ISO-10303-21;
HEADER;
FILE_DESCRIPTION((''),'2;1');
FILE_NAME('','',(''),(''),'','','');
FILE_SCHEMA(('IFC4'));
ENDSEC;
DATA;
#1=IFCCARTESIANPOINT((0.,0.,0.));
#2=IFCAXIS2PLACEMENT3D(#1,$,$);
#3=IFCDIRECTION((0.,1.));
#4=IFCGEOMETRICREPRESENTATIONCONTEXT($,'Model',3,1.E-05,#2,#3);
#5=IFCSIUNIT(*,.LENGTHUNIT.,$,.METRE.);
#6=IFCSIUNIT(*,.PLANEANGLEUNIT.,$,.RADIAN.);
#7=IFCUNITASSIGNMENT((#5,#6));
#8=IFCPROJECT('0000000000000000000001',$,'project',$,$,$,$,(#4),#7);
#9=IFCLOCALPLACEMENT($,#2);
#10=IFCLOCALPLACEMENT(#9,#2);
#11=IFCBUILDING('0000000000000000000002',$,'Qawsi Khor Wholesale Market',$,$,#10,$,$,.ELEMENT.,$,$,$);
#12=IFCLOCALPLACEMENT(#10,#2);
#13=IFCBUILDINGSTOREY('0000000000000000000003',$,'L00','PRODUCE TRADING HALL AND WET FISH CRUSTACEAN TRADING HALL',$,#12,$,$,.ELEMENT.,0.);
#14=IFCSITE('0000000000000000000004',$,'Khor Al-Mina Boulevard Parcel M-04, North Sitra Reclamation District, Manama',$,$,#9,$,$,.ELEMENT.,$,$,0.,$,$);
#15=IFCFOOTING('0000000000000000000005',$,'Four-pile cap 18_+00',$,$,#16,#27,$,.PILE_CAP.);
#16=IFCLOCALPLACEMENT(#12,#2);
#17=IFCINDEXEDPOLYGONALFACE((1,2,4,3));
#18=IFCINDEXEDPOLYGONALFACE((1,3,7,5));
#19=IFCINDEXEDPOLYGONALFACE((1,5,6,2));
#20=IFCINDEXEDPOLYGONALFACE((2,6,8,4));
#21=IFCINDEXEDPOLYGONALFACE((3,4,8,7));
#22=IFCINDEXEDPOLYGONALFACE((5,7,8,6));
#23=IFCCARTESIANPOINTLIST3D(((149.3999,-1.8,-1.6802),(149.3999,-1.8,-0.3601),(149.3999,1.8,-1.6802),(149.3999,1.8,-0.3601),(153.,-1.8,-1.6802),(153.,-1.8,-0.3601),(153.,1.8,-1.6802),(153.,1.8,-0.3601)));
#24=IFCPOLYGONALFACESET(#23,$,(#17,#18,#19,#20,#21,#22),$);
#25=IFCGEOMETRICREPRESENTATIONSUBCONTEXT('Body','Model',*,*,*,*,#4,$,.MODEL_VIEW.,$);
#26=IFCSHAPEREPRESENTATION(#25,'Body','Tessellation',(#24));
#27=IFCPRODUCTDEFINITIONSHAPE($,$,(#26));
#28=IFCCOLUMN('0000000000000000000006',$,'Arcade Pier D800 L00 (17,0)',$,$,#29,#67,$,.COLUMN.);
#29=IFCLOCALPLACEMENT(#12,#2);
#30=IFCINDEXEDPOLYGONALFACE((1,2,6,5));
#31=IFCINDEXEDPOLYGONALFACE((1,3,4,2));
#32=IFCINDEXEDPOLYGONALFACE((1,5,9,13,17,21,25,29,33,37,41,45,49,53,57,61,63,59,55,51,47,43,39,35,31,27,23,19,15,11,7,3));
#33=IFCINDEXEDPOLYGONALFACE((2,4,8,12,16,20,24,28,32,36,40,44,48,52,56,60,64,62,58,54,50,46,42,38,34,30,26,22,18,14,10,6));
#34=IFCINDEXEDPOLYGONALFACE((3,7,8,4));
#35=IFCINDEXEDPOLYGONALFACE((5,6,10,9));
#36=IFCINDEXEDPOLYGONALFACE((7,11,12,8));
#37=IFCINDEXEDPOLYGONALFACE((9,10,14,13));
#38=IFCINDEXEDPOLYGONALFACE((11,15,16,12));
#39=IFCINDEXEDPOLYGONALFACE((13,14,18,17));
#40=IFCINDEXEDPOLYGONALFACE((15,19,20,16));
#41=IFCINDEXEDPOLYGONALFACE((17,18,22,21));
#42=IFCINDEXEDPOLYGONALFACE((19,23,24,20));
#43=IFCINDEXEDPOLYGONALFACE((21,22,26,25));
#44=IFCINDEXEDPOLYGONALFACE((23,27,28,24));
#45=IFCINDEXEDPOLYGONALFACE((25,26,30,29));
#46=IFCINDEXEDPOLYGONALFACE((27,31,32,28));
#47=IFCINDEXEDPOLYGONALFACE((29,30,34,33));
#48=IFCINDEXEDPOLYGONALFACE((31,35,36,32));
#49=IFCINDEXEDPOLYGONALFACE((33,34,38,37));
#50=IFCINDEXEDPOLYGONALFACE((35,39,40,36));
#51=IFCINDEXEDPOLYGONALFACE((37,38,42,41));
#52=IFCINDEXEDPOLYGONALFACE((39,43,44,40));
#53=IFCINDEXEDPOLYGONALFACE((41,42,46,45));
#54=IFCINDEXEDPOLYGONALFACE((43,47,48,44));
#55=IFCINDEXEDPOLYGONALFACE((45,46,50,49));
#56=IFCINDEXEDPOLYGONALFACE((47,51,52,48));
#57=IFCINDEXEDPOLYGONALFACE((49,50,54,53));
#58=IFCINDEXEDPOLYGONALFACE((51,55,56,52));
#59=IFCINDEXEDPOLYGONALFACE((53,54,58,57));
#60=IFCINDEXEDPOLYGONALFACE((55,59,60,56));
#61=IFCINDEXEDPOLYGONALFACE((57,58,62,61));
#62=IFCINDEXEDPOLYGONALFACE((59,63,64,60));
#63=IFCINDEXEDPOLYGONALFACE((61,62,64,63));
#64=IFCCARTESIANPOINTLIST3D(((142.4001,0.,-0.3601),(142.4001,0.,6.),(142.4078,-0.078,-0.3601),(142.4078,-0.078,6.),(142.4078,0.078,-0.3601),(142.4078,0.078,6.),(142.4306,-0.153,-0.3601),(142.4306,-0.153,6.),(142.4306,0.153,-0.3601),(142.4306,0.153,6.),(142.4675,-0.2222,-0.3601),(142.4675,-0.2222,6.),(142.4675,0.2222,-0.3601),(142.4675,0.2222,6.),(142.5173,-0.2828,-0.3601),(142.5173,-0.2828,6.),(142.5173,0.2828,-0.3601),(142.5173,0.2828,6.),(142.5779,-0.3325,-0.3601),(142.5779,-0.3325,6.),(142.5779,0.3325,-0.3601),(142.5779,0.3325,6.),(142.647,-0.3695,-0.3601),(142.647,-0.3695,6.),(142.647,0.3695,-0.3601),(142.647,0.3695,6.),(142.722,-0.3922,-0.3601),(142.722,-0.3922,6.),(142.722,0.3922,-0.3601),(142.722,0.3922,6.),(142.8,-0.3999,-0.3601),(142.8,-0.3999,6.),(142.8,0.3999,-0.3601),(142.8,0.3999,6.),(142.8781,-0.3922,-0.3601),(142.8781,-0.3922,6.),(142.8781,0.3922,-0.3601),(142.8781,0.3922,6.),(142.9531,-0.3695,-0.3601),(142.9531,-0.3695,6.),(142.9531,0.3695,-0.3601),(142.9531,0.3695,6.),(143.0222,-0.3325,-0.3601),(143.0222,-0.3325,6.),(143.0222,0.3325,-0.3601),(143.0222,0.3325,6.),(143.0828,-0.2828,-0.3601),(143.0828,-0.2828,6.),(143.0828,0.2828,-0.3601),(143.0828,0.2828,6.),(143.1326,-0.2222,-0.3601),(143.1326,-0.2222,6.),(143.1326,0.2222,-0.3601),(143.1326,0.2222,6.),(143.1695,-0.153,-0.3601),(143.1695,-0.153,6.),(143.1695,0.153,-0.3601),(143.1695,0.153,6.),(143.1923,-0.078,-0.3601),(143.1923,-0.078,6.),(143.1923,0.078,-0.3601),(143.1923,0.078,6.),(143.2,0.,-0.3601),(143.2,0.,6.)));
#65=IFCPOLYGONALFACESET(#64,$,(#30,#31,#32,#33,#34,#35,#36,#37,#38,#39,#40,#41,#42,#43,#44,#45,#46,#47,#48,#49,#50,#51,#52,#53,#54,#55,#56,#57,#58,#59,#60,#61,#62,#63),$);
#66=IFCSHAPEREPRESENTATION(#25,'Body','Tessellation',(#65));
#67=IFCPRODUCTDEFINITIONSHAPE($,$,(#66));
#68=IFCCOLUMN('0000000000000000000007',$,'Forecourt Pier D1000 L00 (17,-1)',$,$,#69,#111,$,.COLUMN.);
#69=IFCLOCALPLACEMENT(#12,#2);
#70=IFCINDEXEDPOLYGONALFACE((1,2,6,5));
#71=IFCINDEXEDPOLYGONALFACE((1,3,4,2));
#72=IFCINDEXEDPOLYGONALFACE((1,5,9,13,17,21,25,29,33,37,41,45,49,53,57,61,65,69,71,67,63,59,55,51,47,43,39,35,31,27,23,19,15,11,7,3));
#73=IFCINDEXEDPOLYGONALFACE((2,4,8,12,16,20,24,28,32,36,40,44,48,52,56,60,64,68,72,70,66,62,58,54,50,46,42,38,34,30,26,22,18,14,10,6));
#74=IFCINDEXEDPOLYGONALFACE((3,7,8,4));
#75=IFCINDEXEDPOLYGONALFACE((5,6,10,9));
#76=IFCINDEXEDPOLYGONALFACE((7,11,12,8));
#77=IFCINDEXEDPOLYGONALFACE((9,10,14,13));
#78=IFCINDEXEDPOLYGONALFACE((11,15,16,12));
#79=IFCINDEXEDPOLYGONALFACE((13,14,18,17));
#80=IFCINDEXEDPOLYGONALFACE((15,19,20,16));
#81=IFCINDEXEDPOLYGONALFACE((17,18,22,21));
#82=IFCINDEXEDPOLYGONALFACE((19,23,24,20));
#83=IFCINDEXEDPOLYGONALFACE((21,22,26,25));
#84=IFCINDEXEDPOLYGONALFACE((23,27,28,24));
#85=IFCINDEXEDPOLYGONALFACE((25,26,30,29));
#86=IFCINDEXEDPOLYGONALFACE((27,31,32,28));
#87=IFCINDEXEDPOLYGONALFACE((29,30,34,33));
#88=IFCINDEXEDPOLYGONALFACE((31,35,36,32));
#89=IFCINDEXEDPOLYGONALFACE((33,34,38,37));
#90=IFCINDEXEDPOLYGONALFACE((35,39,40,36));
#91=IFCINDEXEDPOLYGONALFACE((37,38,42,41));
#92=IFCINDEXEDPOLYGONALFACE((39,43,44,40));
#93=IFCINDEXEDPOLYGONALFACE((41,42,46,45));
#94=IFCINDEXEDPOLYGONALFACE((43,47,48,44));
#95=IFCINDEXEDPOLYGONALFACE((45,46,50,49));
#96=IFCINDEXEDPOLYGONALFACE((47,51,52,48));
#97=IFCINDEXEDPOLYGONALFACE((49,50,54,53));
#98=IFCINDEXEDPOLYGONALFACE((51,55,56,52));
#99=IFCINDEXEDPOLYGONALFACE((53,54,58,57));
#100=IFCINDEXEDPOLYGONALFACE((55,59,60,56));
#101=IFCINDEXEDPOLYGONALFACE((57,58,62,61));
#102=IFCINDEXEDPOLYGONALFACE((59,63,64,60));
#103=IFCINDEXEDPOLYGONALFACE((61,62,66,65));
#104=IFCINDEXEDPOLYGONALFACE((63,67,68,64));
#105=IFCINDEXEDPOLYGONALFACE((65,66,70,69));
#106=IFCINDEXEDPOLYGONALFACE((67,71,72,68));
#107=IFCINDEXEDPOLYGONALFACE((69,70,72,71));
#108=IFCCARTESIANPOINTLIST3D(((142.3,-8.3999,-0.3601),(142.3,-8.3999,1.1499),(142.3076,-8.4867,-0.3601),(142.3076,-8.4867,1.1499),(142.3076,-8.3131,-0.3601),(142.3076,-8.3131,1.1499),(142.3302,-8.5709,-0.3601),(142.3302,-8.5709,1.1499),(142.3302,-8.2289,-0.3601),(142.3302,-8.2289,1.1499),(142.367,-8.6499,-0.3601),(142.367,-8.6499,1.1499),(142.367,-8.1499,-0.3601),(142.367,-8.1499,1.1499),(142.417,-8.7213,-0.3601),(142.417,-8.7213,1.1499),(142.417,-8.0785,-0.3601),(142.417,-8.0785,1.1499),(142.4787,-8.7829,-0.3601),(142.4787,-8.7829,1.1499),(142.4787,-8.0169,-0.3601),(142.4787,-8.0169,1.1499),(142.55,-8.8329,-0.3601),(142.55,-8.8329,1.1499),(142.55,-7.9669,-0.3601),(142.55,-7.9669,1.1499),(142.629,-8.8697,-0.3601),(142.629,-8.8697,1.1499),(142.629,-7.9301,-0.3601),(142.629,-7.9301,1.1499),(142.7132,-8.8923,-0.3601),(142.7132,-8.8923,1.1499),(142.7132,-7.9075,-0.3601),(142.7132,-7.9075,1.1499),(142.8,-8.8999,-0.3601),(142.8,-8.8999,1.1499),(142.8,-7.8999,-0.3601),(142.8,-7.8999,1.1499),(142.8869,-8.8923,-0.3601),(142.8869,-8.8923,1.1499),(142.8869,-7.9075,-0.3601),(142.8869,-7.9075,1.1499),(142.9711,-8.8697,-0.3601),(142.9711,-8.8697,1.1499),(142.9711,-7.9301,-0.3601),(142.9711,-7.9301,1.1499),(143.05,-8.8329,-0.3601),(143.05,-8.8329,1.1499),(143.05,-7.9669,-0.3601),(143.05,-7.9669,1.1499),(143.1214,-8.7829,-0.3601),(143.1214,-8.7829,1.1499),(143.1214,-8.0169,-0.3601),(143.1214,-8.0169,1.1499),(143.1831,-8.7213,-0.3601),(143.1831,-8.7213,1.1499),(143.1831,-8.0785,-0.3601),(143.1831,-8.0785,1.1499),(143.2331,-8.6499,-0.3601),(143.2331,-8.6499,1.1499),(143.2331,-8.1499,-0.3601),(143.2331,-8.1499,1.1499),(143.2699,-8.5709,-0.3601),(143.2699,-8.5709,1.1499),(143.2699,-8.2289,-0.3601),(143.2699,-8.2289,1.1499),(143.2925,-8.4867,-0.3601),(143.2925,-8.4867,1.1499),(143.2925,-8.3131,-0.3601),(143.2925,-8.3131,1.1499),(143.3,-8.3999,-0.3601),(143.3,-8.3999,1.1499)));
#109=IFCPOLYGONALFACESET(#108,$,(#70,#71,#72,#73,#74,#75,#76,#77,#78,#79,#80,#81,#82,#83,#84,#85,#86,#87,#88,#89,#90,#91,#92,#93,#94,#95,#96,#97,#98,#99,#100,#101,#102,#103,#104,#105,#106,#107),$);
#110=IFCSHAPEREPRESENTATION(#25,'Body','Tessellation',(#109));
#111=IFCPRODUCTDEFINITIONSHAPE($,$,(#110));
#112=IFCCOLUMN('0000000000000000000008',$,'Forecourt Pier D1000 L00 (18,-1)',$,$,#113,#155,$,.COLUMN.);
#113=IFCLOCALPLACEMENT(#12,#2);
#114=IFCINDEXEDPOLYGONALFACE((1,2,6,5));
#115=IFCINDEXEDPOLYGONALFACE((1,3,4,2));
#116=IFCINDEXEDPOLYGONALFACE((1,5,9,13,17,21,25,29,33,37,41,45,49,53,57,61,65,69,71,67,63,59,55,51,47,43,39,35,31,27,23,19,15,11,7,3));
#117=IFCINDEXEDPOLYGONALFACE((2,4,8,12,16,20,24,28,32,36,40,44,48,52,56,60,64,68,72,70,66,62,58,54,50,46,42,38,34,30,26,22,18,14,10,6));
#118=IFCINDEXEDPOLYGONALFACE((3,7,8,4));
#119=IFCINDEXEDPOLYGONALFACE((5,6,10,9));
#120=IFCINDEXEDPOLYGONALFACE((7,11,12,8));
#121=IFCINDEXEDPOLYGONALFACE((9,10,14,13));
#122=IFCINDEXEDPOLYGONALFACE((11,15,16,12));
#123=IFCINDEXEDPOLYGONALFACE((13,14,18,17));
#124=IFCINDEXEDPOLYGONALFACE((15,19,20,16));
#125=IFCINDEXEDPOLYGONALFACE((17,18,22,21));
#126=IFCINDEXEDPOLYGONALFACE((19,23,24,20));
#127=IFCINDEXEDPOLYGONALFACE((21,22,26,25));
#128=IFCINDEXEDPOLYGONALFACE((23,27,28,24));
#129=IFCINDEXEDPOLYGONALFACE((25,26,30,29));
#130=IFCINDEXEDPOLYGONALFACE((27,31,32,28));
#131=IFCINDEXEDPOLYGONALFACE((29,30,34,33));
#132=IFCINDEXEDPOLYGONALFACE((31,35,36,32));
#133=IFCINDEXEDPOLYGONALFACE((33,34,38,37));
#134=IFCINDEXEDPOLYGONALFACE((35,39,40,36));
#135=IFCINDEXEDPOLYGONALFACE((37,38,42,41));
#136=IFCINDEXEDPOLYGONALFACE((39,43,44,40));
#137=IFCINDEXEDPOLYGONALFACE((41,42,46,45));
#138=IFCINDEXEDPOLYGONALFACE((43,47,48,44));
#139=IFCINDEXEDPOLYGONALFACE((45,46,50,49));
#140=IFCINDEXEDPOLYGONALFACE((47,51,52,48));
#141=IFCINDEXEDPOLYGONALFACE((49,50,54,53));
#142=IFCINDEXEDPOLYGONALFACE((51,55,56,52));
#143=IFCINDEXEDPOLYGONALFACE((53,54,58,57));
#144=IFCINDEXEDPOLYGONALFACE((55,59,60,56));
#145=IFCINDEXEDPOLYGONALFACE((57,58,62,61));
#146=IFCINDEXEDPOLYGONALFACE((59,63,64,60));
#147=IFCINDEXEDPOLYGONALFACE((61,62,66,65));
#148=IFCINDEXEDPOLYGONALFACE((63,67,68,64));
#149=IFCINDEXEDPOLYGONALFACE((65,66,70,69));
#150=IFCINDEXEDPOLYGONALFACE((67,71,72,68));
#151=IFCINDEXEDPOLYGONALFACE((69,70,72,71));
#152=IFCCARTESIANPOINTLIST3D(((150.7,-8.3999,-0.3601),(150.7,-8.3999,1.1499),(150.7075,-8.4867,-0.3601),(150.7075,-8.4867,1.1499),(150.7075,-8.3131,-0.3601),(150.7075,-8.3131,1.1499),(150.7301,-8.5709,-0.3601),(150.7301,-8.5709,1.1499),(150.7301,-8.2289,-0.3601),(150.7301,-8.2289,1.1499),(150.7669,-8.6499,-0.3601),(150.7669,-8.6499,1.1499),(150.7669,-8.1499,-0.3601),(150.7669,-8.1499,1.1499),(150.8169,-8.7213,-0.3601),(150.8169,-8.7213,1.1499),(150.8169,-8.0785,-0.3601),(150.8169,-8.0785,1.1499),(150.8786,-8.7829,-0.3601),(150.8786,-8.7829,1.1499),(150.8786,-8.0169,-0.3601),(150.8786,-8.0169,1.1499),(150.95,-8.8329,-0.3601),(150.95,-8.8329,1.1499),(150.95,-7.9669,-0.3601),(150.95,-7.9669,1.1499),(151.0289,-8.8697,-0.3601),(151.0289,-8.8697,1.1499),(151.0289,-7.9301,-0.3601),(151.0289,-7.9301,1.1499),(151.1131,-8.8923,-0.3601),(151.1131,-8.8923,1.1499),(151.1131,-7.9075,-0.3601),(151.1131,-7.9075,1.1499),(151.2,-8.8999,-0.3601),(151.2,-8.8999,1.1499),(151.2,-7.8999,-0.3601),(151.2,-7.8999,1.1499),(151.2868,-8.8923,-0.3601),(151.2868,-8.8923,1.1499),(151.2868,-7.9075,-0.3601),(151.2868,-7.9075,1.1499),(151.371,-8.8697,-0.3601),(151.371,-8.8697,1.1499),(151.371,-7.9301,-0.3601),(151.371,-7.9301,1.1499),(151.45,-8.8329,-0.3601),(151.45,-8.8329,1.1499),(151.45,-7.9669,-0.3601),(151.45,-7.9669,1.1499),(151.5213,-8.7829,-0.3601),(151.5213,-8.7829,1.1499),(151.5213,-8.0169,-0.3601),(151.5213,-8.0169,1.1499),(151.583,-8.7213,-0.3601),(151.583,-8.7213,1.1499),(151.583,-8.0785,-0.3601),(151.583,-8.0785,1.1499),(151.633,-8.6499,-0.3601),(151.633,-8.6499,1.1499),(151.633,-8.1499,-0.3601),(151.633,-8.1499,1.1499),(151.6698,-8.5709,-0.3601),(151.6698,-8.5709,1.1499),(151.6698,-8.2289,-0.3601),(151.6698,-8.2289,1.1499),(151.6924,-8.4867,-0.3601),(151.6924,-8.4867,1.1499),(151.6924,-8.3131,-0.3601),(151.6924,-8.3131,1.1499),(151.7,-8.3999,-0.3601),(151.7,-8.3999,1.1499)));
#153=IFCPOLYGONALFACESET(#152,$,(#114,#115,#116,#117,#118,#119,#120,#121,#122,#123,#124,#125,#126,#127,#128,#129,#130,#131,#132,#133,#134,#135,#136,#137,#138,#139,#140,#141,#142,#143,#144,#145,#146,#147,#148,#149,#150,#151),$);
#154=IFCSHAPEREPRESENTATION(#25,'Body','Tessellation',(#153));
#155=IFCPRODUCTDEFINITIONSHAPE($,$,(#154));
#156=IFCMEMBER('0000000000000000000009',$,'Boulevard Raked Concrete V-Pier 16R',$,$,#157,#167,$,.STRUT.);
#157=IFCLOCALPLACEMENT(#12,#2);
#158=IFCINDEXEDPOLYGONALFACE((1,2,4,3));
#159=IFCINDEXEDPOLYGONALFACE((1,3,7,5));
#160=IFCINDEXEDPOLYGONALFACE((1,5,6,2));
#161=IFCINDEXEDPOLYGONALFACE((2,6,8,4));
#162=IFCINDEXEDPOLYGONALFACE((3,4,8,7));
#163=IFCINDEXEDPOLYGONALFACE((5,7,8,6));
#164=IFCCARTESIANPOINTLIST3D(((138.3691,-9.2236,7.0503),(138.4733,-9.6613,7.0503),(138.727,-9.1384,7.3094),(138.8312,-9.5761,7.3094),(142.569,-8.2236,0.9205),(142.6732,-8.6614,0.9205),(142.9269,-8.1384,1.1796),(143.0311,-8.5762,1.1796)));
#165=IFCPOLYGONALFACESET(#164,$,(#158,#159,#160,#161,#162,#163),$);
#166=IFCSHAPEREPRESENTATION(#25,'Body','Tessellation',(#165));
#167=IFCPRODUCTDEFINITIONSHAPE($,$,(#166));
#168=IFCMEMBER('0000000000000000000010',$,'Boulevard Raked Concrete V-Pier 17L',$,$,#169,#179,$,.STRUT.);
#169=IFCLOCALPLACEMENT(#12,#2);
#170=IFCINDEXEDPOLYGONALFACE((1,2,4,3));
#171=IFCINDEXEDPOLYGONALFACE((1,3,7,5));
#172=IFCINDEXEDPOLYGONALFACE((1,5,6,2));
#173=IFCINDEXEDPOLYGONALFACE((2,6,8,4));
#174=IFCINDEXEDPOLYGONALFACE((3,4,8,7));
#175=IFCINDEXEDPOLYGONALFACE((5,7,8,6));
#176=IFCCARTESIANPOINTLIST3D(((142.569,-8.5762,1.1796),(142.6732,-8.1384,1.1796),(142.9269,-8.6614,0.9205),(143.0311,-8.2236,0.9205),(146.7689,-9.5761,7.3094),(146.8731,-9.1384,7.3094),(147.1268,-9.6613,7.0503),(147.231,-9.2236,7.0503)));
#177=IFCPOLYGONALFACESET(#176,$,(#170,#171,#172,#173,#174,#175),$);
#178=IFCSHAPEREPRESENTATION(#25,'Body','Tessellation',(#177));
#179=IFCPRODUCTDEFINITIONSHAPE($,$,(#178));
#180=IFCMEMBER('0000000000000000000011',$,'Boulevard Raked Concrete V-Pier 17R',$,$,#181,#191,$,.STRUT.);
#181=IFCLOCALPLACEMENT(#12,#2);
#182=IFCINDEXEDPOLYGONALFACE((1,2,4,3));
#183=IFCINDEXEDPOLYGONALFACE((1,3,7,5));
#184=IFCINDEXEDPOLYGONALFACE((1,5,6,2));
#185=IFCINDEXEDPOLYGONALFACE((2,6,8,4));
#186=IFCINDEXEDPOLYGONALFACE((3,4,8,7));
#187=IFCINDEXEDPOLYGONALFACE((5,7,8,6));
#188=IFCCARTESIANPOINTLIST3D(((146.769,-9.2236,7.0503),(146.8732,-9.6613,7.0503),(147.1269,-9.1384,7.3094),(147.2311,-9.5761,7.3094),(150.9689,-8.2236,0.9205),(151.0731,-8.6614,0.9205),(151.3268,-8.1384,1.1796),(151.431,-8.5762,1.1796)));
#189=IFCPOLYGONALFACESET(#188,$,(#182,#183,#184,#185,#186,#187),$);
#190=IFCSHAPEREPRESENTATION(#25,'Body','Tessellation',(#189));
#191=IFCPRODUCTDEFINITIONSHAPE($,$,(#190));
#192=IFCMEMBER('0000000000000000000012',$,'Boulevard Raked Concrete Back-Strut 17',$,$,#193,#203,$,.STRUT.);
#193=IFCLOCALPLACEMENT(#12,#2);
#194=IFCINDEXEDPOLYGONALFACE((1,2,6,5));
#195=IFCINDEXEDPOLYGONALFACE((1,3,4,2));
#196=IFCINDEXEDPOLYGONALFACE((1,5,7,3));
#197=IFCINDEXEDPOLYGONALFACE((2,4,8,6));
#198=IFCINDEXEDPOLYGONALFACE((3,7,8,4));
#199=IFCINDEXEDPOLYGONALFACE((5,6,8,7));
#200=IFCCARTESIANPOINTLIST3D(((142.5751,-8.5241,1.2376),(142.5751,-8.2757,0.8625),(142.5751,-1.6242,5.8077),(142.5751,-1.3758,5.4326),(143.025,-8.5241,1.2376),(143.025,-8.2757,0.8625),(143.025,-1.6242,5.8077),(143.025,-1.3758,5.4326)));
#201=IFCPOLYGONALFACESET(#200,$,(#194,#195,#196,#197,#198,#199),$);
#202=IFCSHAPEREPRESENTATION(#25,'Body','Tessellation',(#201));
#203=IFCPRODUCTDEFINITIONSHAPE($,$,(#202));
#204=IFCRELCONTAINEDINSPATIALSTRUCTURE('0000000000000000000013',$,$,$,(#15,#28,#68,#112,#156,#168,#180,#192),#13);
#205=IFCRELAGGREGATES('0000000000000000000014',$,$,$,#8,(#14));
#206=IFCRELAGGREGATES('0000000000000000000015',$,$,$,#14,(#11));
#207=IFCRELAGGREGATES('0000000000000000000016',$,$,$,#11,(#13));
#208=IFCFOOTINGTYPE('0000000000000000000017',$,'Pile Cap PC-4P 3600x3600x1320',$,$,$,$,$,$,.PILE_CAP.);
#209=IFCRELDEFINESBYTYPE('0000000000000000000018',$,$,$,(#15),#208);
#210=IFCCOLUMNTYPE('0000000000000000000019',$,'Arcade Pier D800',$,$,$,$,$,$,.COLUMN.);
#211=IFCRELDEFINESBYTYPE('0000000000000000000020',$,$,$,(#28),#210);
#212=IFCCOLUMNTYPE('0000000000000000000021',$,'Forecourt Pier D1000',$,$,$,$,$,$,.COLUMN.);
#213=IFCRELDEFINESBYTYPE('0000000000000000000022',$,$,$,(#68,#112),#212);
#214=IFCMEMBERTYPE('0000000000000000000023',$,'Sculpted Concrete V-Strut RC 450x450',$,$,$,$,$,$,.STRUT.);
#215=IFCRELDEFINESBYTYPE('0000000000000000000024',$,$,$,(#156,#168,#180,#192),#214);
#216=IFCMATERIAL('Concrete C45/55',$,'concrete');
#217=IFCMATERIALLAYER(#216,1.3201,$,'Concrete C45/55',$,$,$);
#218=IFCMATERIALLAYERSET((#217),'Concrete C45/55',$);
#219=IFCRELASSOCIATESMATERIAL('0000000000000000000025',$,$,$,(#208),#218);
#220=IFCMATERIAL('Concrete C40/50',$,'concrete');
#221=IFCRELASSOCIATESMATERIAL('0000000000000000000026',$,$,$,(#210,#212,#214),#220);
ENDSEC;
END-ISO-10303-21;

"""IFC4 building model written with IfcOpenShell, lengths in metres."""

from ifc_helpers import new_model, si_unit, direction, frame, origin, origin_2d, place, context, subcontext, project, spatial, rectangle, circle, extrude, material, layer, layer_set, material_profile, profile_set, type_object, element, save


model = new_model("IFC4")

# Units and contexts
model_context = context("Model", 3, precision=1e-05, world=origin(), true_north=direction((0.0, 1.0)))
body_context = subcontext(model_context, "Body", "Model", "MODEL_VIEW")
ifc_project = project(units=[si_unit("LENGTHUNIT", "METRE"), si_unit("PLANEANGLEUNIT", "RADIAN")], contexts=[model_context])

# Site, building, storey
site_placement = place(None, origin())
site = spatial("IfcSite", under=ifc_project, at=site_placement, Name="Khor Al-Mina Boulevard Parcel M-04, North Sitra Reclamation District, Manama", CompositionType="ELEMENT", RefElevation=0.0)
building_placement = place(site_placement, origin())
building = spatial("IfcBuilding", under=site, at=building_placement, Name="Qawsi Khor Wholesale Market", CompositionType="ELEMENT")
storey_placement = place(building_placement, origin())
storey = spatial("IfcBuildingStorey", under=building, at=storey_placement, Name="L00", Description="PRODUCE TRADING HALL AND WET FISH CRUSTACEAN TRADING HALL", CompositionType="ELEMENT", Elevation=0.0)

# Shared definitions
ifc_material_1 = material(Name="Concrete C45/55", Category="concrete")

# Footing
ifc_layer_1 = layer(ifc_material_1, 1.3201, Name="Concrete C45/55")
ifc_layer_set_1 = layer_set([ifc_layer_1], Name="Concrete C45/55")
footing_type_1 = type_object("IfcFootingType", Name="Pile Cap PC-4P 3600x3600x1320", PredefinedType="PILE_CAP", material=ifc_layer_set_1)
for number, where, z_axis, x_axis, name in (
    (1, (151.2, 0.0, -1.6802), (0.0, 0.0, 1.0), (1.0, 0.0, 0.0), "Four-pile cap 18_+00"),
):
    element("IfcFooting", number, at=place(storey_placement, frame(where, z_axis=z_axis, x_axis=x_axis)), inside=storey, type_object=footing_type_1, Name=name, PredefinedType="PILE_CAP", context=body_context, shape_type="SweptSolid", body=[
        extrude(rectangle(XDim=3.6001, YDim=3.6001, at=origin_2d()), origin(), (0.0, 0.0, 1.0), 1.3201),
    ])

# Columns
ifc_material_2 = material(Name="Concrete C40/50", Category="concrete")
ifc_material_profile_1 = material_profile(ifc_material_2, circle(Radius=0.3999, at=origin_2d()), Name="RC COL D800")
ifc_profile_set_1 = profile_set([ifc_material_profile_1], Name="Concrete C40/50")
column_type_1 = type_object("IfcColumnType", Name="Arcade Pier D800", PredefinedType="COLUMN", material=ifc_profile_set_1)
column_placement = place(storey_placement, frame((142.8, 0.0, -0.3601), z_axis=(0.0, 0.0, 1.0), x_axis=(1.0, 0.0, 0.0)))
element("IfcColumn", 2, at=column_placement, inside=storey, type_object=column_type_1, Name="Arcade Pier D800 L00 (17,0)", PredefinedType="COLUMN", context=body_context, shape_type="SweptSolid", body=[
    extrude(circle(Radius=0.3999, at=origin_2d()), origin(), (0.0, 0.0, 1.0), 6.3601),
])
ifc_material_profile_2 = material_profile(ifc_material_2, circle(Radius=0.5, at=origin_2d()), Name="RC COL D1000")
ifc_profile_set_2 = profile_set([ifc_material_profile_2], Name="Concrete C40/50")
column_type_2 = type_object("IfcColumnType", Name="Forecourt Pier D1000", PredefinedType="COLUMN", material=ifc_profile_set_2)
for number, where, z_axis, x_axis, name in (
    (3, (142.8, -8.3999, -0.3601), (0.0, 0.0, 1.0), (1.0, 0.0, 0.0), "Forecourt Pier D1000 L00 (17,-1)"),
    (4, (151.2, -8.3999, -0.3601), (0.0, 0.0, 1.0), (1.0, 0.0, 0.0), "Forecourt Pier D1000 L00 (18,-1)"),
):
    element("IfcColumn", number, at=place(storey_placement, frame(where, z_axis=z_axis, x_axis=x_axis)), inside=storey, type_object=column_type_2, Name=name, PredefinedType="COLUMN", context=body_context, shape_type="SweptSolid", body=[
        extrude(circle(Radius=0.5, at=origin_2d()), origin(), (0.0, 0.0, 1.0), 1.51),
    ])

# Members
ifc_material_profile_3 = material_profile(ifc_material_2, rectangle(XDim=0.45, YDim=0.45, at=origin_2d()), Name="RC 450x450")
ifc_profile_set_3 = profile_set([ifc_material_profile_3], Name="Concrete C40/50")
member_type = type_object("IfcMemberType", Name="Sculpted Concrete V-Strut RC 450x450", PredefinedType="STRUT", material=ifc_profile_set_3)
for number, where, z_axis, x_axis, name in (
    (5, (142.8, -8.3999, 1.05), (-0.560168, -0.133375, 0.817572), (0.231623, -0.972806, 0.0), "Boulevard Raked Concrete V-Pier 16R"),
    (6, (142.8, -8.3999, 1.05), (0.560168, -0.133375, 0.817572), (0.231623, 0.972806, 0.0), "Boulevard Raked Concrete V-Pier 17L"),
    (7, (151.2, -8.3999, 1.05), (-0.560168, -0.133375, 0.817572), (0.231623, -0.972806, 0.0), "Boulevard Raked Concrete V-Pier 17R"),
):
    element("IfcMember", number, at=place(storey_placement, frame(where, z_axis=z_axis, x_axis=x_axis)), inside=storey, type_object=member_type, Name=name, PredefinedType="STRUT", context=body_context, shape_type="SweptSolid", body=[
        extrude(rectangle(XDim=0.45, YDim=0.45, at=origin_2d()), origin(), (0.0, 0.0, 1.0), 7.4976),
    ])
member_1_placement = place(storey_placement, frame((142.8, -8.3999, 1.05), z_axis=(0.0, 0.833712, 0.552199), x_axis=(-1.0, 0.0, 0.0)))
element("IfcMember", 8, at=member_1_placement, inside=storey, type_object=member_type, Name="Boulevard Raked Concrete Back-Strut 17", PredefinedType="STRUT", context=body_context, shape_type="SweptSolid", body=[
    extrude(rectangle(XDim=0.45, YDim=0.45, at=origin_2d()), origin(), (0.0, 0.0, 1.0), 8.2761),
])

save(model, "model.ifc")
